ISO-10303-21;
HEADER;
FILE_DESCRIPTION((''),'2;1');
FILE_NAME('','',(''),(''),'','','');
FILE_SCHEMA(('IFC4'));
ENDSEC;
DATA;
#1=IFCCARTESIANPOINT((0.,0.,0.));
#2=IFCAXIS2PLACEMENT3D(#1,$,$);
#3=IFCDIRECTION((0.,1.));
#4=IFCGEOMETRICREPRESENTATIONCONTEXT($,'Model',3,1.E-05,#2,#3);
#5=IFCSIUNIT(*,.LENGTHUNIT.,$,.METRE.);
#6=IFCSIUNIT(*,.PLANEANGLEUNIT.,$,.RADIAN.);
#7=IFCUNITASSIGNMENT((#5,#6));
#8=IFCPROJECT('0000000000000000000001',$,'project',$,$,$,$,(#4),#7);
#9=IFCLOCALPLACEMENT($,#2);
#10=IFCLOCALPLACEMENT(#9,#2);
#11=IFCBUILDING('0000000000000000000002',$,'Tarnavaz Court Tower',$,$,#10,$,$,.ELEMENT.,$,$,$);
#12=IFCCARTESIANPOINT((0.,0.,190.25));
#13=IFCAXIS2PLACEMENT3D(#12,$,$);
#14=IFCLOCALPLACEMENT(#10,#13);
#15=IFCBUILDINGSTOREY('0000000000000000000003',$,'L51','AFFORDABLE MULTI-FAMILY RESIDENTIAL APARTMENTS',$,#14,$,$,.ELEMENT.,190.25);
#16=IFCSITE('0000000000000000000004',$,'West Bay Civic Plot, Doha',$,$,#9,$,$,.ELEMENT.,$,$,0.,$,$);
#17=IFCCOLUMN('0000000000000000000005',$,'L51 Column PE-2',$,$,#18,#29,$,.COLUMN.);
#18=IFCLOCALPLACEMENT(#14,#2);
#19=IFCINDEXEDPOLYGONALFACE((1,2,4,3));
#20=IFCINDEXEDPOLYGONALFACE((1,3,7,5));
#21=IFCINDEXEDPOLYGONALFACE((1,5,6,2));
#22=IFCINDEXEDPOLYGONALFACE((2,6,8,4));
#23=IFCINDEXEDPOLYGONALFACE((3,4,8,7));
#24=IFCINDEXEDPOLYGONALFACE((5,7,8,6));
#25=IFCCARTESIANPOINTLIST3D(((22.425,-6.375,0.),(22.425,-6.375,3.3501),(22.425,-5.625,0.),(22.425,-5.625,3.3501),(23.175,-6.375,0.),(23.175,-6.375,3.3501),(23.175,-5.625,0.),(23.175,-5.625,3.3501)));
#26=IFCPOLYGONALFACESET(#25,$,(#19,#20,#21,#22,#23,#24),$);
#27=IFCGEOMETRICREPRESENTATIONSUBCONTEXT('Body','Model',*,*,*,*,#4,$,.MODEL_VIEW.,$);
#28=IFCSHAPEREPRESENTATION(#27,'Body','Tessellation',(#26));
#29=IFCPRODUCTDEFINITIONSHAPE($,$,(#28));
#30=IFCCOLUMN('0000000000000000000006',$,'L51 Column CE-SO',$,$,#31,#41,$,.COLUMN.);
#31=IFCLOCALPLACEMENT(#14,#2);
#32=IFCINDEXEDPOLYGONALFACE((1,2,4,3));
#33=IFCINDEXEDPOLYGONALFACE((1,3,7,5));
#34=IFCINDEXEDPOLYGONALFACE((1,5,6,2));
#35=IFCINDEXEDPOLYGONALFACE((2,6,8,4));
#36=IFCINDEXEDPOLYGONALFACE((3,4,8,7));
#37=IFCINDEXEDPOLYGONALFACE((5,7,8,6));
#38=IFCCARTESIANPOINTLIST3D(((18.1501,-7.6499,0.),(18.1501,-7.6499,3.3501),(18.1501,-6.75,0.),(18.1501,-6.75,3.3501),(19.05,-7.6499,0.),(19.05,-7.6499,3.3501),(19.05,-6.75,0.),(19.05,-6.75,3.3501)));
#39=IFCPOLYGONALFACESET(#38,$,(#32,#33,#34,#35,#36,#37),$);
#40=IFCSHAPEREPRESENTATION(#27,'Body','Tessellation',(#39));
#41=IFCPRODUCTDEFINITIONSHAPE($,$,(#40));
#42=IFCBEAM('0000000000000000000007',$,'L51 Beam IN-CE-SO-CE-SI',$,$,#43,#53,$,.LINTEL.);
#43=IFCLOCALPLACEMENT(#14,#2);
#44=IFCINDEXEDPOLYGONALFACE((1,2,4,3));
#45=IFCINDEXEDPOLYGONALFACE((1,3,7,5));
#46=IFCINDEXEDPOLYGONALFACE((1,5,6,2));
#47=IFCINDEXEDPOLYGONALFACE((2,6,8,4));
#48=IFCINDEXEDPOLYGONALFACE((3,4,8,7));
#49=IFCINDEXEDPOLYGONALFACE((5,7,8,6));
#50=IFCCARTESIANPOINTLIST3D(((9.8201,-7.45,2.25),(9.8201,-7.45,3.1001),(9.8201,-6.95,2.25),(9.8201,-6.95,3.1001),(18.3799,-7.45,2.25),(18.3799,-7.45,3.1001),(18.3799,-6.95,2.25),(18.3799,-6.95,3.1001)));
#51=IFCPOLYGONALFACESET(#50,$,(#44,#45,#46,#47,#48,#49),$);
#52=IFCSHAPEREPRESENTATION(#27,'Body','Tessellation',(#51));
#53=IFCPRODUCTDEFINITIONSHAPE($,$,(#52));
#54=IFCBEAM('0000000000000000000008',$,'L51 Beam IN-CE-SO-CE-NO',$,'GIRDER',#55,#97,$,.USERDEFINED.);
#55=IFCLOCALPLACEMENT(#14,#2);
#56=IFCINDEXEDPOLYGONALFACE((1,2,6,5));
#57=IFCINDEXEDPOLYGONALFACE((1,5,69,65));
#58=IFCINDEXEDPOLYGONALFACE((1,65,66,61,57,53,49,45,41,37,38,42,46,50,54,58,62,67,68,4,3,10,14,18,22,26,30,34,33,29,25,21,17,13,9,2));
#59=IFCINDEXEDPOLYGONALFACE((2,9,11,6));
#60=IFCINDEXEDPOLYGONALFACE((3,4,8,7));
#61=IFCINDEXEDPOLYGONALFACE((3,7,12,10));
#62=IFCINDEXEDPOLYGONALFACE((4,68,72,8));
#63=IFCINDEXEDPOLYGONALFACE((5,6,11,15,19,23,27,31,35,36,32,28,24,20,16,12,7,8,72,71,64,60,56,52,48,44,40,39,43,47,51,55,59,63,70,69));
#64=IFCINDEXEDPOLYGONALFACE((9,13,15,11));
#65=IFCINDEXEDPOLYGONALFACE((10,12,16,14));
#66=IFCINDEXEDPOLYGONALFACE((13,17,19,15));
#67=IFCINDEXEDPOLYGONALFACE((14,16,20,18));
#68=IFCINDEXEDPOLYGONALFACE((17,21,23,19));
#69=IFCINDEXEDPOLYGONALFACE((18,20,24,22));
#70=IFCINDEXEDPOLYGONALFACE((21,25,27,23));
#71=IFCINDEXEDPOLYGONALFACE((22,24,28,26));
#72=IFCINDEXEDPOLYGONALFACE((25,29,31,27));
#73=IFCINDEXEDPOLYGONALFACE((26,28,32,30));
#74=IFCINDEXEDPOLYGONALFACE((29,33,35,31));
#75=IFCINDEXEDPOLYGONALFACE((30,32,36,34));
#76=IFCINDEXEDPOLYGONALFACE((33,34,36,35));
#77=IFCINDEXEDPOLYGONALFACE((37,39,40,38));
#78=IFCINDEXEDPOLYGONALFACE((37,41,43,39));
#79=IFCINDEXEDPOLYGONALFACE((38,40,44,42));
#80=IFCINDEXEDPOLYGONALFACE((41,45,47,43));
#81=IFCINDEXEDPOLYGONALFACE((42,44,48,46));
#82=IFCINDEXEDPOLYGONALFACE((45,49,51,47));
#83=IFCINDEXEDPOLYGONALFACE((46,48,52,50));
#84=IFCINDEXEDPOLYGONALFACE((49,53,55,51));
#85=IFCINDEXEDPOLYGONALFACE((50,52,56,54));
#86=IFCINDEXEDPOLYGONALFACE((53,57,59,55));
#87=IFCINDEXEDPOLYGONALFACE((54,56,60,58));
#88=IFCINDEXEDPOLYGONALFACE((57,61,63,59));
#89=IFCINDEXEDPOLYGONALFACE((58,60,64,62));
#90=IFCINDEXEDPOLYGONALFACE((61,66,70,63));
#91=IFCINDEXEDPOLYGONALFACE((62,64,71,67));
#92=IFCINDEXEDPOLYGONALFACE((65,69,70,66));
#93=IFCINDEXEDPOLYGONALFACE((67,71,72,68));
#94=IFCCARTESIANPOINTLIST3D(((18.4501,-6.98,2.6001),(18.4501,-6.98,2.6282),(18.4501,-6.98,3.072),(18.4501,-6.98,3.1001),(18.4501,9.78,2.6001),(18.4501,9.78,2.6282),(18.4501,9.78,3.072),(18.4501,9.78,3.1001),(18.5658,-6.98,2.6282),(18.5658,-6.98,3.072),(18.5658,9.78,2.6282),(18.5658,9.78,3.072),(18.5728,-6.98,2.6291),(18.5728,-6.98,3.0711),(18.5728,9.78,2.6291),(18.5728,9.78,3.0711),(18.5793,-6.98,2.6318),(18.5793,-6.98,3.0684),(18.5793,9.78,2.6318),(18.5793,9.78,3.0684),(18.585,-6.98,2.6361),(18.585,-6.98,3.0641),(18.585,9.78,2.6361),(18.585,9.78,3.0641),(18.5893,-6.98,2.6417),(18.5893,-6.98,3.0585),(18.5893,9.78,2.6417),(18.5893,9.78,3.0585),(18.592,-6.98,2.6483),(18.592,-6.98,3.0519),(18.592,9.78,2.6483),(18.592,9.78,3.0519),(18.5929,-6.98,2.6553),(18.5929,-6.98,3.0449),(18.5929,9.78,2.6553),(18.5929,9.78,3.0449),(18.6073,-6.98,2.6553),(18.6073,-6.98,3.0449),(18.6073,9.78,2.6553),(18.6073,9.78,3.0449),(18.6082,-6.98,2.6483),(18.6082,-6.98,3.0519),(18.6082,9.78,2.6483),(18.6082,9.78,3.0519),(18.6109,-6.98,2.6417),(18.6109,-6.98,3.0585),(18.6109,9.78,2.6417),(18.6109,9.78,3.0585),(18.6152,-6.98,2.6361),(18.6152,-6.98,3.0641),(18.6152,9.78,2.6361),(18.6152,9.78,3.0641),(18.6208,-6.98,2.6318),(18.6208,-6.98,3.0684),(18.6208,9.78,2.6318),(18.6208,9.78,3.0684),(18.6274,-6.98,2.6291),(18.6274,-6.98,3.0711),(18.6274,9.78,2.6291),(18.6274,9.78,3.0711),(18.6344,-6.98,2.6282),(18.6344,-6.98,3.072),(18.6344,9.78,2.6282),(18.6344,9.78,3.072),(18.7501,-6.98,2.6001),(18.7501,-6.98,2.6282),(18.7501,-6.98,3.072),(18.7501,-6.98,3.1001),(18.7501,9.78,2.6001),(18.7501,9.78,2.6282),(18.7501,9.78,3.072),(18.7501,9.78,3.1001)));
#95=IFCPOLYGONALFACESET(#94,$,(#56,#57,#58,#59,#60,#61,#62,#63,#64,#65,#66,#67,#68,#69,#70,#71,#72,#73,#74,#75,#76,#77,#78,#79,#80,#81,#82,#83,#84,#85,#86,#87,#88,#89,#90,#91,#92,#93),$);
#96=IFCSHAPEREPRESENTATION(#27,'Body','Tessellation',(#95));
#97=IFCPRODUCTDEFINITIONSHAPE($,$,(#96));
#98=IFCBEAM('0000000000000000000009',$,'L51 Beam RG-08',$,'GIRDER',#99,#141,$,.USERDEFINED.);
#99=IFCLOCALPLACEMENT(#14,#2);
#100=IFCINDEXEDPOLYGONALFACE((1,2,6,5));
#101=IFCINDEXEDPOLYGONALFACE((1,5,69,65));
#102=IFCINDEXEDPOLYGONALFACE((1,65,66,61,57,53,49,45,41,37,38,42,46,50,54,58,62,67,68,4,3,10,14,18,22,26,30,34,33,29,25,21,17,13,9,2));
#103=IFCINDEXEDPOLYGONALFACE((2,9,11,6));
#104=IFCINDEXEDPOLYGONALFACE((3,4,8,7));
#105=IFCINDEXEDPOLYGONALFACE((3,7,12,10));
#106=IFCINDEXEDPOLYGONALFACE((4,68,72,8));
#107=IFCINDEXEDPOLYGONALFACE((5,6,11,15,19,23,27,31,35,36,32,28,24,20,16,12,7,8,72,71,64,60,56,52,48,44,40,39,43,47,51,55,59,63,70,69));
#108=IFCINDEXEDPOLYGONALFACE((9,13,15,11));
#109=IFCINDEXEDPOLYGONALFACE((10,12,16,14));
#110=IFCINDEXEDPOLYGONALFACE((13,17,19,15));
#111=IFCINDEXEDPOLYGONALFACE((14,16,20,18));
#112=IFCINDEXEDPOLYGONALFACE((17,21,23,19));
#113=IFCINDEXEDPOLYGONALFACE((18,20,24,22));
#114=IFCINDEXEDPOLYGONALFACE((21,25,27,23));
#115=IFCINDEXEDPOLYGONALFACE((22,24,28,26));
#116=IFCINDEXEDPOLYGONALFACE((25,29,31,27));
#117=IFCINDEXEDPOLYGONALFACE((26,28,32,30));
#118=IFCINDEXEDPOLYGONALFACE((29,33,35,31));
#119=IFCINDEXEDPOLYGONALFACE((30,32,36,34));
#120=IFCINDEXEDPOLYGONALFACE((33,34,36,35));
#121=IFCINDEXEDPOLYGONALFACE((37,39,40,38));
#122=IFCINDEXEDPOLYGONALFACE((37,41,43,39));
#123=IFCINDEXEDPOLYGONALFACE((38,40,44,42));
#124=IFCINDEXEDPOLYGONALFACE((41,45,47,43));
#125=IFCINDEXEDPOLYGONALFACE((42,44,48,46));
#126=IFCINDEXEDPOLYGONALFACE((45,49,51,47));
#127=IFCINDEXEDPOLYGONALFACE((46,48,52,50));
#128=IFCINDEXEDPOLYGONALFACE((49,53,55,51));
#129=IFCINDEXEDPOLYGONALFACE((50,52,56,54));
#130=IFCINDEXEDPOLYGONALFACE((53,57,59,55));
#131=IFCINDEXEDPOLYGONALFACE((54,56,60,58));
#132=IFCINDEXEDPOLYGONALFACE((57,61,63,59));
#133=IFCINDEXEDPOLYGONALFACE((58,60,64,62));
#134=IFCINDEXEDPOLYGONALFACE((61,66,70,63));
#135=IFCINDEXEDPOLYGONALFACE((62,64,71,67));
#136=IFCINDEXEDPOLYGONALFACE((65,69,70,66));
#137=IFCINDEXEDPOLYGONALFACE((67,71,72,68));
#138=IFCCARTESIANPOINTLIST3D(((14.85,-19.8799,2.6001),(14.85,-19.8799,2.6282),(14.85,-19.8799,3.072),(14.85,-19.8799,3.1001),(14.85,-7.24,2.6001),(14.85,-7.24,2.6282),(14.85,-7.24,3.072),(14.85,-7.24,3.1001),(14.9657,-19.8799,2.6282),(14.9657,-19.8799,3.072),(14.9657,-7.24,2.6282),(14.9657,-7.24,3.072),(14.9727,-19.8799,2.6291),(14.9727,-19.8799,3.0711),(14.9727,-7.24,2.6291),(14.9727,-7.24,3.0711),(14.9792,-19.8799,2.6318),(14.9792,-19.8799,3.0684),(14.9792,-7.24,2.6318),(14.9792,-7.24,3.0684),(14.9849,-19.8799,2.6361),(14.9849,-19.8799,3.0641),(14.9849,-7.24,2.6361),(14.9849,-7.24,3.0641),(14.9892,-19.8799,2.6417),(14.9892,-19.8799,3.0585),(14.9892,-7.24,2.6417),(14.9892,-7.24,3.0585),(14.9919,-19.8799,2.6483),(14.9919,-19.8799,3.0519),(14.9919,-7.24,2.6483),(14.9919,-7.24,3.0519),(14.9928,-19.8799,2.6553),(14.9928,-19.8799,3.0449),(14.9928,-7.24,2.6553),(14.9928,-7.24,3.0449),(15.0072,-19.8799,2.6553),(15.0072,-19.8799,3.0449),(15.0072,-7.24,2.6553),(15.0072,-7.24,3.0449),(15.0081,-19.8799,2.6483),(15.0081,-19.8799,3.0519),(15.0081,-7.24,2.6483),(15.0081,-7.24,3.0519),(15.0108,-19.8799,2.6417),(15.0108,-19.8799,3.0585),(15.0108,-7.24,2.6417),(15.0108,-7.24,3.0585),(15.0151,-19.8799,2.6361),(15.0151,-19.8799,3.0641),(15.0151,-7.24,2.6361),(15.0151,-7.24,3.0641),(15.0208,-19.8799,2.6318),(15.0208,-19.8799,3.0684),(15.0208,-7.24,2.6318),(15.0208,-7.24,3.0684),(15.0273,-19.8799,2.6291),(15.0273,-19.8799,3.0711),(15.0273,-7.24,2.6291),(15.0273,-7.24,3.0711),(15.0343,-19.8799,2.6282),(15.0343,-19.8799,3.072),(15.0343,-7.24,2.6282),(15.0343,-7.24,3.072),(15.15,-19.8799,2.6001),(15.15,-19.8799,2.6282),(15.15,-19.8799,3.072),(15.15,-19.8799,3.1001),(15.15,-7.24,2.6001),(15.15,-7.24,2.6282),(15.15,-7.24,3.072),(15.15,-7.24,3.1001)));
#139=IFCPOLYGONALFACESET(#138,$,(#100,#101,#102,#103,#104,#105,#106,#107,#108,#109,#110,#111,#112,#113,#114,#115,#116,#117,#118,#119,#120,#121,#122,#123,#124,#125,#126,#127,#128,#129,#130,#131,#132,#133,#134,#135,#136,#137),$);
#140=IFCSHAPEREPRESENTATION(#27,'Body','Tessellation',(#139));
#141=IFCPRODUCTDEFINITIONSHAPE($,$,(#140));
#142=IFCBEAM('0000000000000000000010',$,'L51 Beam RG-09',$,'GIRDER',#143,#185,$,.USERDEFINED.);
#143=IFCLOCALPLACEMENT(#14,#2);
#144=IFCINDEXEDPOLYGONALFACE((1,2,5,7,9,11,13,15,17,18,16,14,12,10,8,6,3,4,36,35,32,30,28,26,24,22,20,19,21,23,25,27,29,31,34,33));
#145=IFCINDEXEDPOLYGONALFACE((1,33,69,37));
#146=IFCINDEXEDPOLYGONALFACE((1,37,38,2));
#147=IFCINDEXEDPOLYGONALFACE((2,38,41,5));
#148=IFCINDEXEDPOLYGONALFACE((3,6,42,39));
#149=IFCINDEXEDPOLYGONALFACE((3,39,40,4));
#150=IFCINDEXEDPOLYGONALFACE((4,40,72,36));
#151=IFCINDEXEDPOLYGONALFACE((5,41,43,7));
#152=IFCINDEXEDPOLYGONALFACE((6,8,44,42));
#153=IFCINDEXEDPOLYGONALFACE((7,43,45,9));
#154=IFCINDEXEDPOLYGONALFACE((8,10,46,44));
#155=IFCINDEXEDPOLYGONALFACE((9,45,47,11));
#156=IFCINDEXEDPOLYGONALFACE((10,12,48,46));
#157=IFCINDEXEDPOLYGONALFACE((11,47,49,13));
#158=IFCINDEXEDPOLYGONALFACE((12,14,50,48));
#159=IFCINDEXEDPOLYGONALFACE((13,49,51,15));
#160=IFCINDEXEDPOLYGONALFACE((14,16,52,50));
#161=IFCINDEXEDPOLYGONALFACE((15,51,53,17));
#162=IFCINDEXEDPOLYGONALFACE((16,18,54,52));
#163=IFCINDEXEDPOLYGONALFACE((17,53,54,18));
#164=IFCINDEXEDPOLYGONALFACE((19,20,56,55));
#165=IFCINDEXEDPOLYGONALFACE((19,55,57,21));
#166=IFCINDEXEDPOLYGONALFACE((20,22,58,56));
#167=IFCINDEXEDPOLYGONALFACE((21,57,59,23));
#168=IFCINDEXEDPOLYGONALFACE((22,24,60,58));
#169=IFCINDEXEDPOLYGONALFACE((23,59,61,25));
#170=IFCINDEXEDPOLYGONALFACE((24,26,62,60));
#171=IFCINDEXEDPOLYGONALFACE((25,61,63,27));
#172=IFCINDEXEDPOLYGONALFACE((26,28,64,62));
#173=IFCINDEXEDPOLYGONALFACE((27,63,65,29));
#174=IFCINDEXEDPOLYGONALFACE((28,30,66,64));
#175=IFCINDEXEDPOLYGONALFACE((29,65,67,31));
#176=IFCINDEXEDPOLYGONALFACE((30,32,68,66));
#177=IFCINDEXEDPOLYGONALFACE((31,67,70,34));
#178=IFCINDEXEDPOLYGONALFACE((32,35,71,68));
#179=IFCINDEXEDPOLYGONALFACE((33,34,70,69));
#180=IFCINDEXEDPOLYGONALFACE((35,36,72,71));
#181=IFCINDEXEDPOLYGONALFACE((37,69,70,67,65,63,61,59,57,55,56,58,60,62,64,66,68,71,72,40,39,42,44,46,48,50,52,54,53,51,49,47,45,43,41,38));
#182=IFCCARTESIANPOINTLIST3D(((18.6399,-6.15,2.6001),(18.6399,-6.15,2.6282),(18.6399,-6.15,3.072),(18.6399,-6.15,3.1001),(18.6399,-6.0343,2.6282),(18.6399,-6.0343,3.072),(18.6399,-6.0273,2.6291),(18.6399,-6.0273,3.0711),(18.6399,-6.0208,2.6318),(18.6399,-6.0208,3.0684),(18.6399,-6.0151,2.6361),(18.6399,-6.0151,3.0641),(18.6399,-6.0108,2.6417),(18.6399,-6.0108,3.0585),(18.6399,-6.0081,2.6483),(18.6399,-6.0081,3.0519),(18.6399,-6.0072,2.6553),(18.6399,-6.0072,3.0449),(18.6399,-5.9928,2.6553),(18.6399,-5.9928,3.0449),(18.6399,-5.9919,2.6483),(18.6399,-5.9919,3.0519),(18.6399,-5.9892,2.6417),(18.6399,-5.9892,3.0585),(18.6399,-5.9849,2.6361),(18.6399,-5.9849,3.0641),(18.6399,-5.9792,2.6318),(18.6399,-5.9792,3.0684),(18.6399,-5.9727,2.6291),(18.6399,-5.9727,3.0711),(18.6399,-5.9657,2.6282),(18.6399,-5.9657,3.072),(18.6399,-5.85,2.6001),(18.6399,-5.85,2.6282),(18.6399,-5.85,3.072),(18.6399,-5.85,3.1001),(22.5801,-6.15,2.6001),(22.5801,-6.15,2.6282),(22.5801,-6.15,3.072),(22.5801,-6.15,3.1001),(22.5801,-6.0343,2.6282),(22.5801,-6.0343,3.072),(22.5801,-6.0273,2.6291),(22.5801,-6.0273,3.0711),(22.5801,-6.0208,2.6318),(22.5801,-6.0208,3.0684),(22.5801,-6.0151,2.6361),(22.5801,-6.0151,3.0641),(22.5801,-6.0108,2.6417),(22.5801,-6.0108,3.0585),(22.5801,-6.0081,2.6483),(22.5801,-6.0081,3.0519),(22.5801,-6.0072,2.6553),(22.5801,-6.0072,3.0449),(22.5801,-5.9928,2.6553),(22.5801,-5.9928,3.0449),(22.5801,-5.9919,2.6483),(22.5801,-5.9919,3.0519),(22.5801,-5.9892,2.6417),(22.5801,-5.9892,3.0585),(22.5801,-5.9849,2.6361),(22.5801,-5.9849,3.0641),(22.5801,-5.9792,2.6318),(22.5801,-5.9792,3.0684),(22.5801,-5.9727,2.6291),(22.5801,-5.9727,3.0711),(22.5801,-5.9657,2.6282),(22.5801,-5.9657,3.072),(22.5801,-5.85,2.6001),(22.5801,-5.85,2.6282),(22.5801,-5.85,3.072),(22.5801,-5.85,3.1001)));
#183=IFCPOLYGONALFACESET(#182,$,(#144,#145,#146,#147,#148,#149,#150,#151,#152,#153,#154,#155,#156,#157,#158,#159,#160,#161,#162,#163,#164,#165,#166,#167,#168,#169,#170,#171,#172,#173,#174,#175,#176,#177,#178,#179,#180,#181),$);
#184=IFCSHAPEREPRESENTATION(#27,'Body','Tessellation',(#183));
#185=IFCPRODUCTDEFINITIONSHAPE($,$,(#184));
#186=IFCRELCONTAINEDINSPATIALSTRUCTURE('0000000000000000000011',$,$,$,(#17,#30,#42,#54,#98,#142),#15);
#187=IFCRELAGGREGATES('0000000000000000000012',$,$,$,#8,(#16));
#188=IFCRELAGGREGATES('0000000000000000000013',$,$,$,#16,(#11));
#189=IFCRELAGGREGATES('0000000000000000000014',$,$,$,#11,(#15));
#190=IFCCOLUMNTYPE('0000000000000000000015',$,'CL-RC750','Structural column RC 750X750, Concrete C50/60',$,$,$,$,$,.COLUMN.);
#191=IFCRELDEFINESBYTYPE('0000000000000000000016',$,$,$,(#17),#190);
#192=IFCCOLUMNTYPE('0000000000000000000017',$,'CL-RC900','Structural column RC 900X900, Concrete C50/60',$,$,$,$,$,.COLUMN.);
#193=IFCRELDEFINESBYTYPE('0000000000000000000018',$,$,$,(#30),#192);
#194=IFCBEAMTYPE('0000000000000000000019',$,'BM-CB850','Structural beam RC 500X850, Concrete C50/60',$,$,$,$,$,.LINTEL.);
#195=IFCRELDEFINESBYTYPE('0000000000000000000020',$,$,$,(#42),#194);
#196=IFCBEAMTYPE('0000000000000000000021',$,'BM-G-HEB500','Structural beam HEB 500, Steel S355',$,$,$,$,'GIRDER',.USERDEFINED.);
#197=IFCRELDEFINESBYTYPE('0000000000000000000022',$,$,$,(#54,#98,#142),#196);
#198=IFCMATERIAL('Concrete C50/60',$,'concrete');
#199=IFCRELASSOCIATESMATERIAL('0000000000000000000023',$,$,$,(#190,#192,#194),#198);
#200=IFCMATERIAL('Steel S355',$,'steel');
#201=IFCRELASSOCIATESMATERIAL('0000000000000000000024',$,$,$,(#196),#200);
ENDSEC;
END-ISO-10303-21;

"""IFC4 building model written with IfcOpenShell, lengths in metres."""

from ifc_helpers import new_model, si_unit, direction, frame, origin, origin_2d, place, context, subcontext, project, spatial, rectangle, i_section, extrude, material, material_profile, profile_set, type_object, element, save


model = new_model("IFC4")

# Units and contexts
model_context = context("Model", 3, precision=1e-05, world=origin(), true_north=direction((0.0, 1.0)))
body_context = subcontext(model_context, "Body", "Model", "MODEL_VIEW")
ifc_project = project(units=[si_unit("LENGTHUNIT", "METRE"), si_unit("PLANEANGLEUNIT", "RADIAN")], contexts=[model_context])

# Site, building, storey
site_placement = place(None, origin())
site = spatial("IfcSite", under=ifc_project, at=site_placement, Name="West Bay Civic Plot, Doha", CompositionType="ELEMENT", RefElevation=0.0)
building_placement = place(site_placement, origin())
building = spatial("IfcBuilding", under=site, at=building_placement, Name="Tarnavaz Court Tower", CompositionType="ELEMENT")
storey_placement = place(building_placement, frame((0.0, 0.0, 190.25)))
storey = spatial("IfcBuildingStorey", under=building, at=storey_placement, Name="L51", Description="AFFORDABLE MULTI-FAMILY RESIDENTIAL APARTMENTS", CompositionType="ELEMENT", Elevation=190.25)

# Columns
ifc_material_1 = material(Name="Concrete C50/60", Category="concrete")
ifc_material_profile_1 = material_profile(ifc_material_1, rectangle(XDim=0.75, YDim=0.75, at=origin_2d()), Name="RC 750X750")
ifc_profile_set_1 = profile_set([ifc_material_profile_1], Name="Concrete C50/60")
column_type_1 = type_object("IfcColumnType", Name="CL-RC750", Description="Structural column RC 750X750, Concrete C50/60", PredefinedType="COLUMN", material=ifc_profile_set_1)
column_1_placement = place(storey_placement, frame((22.8, -6.0, 0.0), z_axis=(0.0, 0.0, 1.0), x_axis=(1.0, 0.0, 0.0)))
element("IfcColumn", 1, at=column_1_placement, inside=storey, type_object=column_type_1, Name="L51 Column PE-2", PredefinedType="COLUMN", context=body_context, shape_type="SweptSolid", body=[
    extrude(rectangle(XDim=0.75, YDim=0.75, at=origin_2d()), origin(), (0.0, 0.0, 1.0), 3.3501),
])
ifc_material_profile_2 = material_profile(ifc_material_1, rectangle(XDim=0.8999, YDim=0.8999, at=origin_2d()), Name="RC 900X900")
ifc_profile_set_2 = profile_set([ifc_material_profile_2], Name="Concrete C50/60")
column_type_2 = type_object("IfcColumnType", Name="CL-RC900", Description="Structural column RC 900X900, Concrete C50/60", PredefinedType="COLUMN", material=ifc_profile_set_2)
column_2_placement = place(storey_placement, frame((18.6001, -7.2, 0.0), z_axis=(0.0, 0.0, 1.0), x_axis=(1.0, 0.0, 0.0)))
element("IfcColumn", 2, at=column_2_placement, inside=storey, type_object=column_type_2, Name="L51 Column CE-SO", PredefinedType="COLUMN", context=body_context, shape_type="SweptSolid", body=[
    extrude(rectangle(XDim=0.8999, YDim=0.8999, at=origin_2d()), origin(), (0.0, 0.0, 1.0), 3.3501),
])

# Beams
ifc_material_profile_3 = material_profile(ifc_material_1, rectangle(XDim=0.5, YDim=0.8501, at=origin_2d()), Name="RC 500X850")
ifc_profile_set_3 = profile_set([ifc_material_profile_3], Name="Concrete C50/60")
beam_type_1 = type_object("IfcBeamType", Name="BM-CB850", Description="Structural beam RC 500X850, Concrete C50/60", PredefinedType="LINTEL", material=ifc_profile_set_3)
beam_1_placement = place(storey_placement, frame((18.3799, -7.2, 2.675), z_axis=(-1.0, 0.0, 0.0), x_axis=(0.0, -1.0, 0.0)))
element("IfcBeam", 3, at=beam_1_placement, inside=storey, type_object=beam_type_1, Name="L51 Beam IN-CE-SO-CE-SI", PredefinedType="LINTEL", context=body_context, shape_type="SweptSolid", body=[
    extrude(rectangle(XDim=0.5, YDim=0.8501, at=origin_2d()), origin(), (0.0, 0.0, 1.0), 8.5598),
])
ifc_material_2 = material(Name="Steel S355", Category="steel")
ifc_material_profile_4 = material_profile(ifc_material_2, i_section(OverallWidth=0.3, OverallDepth=0.5, WebThickness=0.0144, FlangeThickness=0.0281, FilletRadius=0.0271, at=origin_2d()), Name="HEB 500")
ifc_profile_set_4 = profile_set([ifc_material_profile_4], Name="Steel S355")
beam_type_2 = type_object("IfcBeamType", Name="BM-G-HEB500", Description="Structural beam HEB 500, Steel S355", ElementType="GIRDER", PredefinedType="USERDEFINED", material=ifc_profile_set_4)
beam_2_placement = place(storey_placement, frame((18.6001, -6.98, 2.8501), z_axis=(0.0, 1.0, 0.0), x_axis=(-1.0, 0.0, 0.0)))
element("IfcBeam", 4, at=beam_2_placement, inside=storey, type_object=beam_type_2, Name="L51 Beam IN-CE-SO-CE-NO", ObjectType="GIRDER", PredefinedType="USERDEFINED", context=body_context, shape_type="SweptSolid", body=[
    extrude(i_section(OverallWidth=0.3, OverallDepth=0.5, WebThickness=0.0144, FlangeThickness=0.0281, FilletRadius=0.0271, at=origin_2d()), origin(), (0.0, 0.0, 1.0), 16.76),
])
beam_3_placement = place(storey_placement, frame((15.0, -7.24, 2.8501), z_axis=(0.0, -1.0, 0.0), x_axis=(1.0, 0.0, 0.0)))
element("IfcBeam", 5, at=beam_3_placement, inside=storey, type_object=beam_type_2, Name="L51 Beam RG-08", ObjectType="GIRDER", PredefinedType="USERDEFINED", context=body_context, shape_type="SweptSolid", body=[
    extrude(i_section(OverallWidth=0.3, OverallDepth=0.5, WebThickness=0.0144, FlangeThickness=0.0281, FilletRadius=0.0271, at=origin_2d()), origin(), (0.0, 0.0, 1.0), 12.6399),
])
beam_4_placement = place(storey_placement, frame((18.6399, -6.0, 2.8501), z_axis=(1.0, 0.0, 0.0), x_axis=(0.0, 1.0, 0.0)))
element("IfcBeam", 6, at=beam_4_placement, inside=storey, type_object=beam_type_2, Name="L51 Beam RG-09", ObjectType="GIRDER", PredefinedType="USERDEFINED", context=body_context, shape_type="SweptSolid", body=[
    extrude(i_section(OverallWidth=0.3, OverallDepth=0.5, WebThickness=0.0144, FlangeThickness=0.0281, FilletRadius=0.0271, at=origin_2d()), origin(), (0.0, 0.0, 1.0), 3.9402),
])

save(model, "model.ifc")
